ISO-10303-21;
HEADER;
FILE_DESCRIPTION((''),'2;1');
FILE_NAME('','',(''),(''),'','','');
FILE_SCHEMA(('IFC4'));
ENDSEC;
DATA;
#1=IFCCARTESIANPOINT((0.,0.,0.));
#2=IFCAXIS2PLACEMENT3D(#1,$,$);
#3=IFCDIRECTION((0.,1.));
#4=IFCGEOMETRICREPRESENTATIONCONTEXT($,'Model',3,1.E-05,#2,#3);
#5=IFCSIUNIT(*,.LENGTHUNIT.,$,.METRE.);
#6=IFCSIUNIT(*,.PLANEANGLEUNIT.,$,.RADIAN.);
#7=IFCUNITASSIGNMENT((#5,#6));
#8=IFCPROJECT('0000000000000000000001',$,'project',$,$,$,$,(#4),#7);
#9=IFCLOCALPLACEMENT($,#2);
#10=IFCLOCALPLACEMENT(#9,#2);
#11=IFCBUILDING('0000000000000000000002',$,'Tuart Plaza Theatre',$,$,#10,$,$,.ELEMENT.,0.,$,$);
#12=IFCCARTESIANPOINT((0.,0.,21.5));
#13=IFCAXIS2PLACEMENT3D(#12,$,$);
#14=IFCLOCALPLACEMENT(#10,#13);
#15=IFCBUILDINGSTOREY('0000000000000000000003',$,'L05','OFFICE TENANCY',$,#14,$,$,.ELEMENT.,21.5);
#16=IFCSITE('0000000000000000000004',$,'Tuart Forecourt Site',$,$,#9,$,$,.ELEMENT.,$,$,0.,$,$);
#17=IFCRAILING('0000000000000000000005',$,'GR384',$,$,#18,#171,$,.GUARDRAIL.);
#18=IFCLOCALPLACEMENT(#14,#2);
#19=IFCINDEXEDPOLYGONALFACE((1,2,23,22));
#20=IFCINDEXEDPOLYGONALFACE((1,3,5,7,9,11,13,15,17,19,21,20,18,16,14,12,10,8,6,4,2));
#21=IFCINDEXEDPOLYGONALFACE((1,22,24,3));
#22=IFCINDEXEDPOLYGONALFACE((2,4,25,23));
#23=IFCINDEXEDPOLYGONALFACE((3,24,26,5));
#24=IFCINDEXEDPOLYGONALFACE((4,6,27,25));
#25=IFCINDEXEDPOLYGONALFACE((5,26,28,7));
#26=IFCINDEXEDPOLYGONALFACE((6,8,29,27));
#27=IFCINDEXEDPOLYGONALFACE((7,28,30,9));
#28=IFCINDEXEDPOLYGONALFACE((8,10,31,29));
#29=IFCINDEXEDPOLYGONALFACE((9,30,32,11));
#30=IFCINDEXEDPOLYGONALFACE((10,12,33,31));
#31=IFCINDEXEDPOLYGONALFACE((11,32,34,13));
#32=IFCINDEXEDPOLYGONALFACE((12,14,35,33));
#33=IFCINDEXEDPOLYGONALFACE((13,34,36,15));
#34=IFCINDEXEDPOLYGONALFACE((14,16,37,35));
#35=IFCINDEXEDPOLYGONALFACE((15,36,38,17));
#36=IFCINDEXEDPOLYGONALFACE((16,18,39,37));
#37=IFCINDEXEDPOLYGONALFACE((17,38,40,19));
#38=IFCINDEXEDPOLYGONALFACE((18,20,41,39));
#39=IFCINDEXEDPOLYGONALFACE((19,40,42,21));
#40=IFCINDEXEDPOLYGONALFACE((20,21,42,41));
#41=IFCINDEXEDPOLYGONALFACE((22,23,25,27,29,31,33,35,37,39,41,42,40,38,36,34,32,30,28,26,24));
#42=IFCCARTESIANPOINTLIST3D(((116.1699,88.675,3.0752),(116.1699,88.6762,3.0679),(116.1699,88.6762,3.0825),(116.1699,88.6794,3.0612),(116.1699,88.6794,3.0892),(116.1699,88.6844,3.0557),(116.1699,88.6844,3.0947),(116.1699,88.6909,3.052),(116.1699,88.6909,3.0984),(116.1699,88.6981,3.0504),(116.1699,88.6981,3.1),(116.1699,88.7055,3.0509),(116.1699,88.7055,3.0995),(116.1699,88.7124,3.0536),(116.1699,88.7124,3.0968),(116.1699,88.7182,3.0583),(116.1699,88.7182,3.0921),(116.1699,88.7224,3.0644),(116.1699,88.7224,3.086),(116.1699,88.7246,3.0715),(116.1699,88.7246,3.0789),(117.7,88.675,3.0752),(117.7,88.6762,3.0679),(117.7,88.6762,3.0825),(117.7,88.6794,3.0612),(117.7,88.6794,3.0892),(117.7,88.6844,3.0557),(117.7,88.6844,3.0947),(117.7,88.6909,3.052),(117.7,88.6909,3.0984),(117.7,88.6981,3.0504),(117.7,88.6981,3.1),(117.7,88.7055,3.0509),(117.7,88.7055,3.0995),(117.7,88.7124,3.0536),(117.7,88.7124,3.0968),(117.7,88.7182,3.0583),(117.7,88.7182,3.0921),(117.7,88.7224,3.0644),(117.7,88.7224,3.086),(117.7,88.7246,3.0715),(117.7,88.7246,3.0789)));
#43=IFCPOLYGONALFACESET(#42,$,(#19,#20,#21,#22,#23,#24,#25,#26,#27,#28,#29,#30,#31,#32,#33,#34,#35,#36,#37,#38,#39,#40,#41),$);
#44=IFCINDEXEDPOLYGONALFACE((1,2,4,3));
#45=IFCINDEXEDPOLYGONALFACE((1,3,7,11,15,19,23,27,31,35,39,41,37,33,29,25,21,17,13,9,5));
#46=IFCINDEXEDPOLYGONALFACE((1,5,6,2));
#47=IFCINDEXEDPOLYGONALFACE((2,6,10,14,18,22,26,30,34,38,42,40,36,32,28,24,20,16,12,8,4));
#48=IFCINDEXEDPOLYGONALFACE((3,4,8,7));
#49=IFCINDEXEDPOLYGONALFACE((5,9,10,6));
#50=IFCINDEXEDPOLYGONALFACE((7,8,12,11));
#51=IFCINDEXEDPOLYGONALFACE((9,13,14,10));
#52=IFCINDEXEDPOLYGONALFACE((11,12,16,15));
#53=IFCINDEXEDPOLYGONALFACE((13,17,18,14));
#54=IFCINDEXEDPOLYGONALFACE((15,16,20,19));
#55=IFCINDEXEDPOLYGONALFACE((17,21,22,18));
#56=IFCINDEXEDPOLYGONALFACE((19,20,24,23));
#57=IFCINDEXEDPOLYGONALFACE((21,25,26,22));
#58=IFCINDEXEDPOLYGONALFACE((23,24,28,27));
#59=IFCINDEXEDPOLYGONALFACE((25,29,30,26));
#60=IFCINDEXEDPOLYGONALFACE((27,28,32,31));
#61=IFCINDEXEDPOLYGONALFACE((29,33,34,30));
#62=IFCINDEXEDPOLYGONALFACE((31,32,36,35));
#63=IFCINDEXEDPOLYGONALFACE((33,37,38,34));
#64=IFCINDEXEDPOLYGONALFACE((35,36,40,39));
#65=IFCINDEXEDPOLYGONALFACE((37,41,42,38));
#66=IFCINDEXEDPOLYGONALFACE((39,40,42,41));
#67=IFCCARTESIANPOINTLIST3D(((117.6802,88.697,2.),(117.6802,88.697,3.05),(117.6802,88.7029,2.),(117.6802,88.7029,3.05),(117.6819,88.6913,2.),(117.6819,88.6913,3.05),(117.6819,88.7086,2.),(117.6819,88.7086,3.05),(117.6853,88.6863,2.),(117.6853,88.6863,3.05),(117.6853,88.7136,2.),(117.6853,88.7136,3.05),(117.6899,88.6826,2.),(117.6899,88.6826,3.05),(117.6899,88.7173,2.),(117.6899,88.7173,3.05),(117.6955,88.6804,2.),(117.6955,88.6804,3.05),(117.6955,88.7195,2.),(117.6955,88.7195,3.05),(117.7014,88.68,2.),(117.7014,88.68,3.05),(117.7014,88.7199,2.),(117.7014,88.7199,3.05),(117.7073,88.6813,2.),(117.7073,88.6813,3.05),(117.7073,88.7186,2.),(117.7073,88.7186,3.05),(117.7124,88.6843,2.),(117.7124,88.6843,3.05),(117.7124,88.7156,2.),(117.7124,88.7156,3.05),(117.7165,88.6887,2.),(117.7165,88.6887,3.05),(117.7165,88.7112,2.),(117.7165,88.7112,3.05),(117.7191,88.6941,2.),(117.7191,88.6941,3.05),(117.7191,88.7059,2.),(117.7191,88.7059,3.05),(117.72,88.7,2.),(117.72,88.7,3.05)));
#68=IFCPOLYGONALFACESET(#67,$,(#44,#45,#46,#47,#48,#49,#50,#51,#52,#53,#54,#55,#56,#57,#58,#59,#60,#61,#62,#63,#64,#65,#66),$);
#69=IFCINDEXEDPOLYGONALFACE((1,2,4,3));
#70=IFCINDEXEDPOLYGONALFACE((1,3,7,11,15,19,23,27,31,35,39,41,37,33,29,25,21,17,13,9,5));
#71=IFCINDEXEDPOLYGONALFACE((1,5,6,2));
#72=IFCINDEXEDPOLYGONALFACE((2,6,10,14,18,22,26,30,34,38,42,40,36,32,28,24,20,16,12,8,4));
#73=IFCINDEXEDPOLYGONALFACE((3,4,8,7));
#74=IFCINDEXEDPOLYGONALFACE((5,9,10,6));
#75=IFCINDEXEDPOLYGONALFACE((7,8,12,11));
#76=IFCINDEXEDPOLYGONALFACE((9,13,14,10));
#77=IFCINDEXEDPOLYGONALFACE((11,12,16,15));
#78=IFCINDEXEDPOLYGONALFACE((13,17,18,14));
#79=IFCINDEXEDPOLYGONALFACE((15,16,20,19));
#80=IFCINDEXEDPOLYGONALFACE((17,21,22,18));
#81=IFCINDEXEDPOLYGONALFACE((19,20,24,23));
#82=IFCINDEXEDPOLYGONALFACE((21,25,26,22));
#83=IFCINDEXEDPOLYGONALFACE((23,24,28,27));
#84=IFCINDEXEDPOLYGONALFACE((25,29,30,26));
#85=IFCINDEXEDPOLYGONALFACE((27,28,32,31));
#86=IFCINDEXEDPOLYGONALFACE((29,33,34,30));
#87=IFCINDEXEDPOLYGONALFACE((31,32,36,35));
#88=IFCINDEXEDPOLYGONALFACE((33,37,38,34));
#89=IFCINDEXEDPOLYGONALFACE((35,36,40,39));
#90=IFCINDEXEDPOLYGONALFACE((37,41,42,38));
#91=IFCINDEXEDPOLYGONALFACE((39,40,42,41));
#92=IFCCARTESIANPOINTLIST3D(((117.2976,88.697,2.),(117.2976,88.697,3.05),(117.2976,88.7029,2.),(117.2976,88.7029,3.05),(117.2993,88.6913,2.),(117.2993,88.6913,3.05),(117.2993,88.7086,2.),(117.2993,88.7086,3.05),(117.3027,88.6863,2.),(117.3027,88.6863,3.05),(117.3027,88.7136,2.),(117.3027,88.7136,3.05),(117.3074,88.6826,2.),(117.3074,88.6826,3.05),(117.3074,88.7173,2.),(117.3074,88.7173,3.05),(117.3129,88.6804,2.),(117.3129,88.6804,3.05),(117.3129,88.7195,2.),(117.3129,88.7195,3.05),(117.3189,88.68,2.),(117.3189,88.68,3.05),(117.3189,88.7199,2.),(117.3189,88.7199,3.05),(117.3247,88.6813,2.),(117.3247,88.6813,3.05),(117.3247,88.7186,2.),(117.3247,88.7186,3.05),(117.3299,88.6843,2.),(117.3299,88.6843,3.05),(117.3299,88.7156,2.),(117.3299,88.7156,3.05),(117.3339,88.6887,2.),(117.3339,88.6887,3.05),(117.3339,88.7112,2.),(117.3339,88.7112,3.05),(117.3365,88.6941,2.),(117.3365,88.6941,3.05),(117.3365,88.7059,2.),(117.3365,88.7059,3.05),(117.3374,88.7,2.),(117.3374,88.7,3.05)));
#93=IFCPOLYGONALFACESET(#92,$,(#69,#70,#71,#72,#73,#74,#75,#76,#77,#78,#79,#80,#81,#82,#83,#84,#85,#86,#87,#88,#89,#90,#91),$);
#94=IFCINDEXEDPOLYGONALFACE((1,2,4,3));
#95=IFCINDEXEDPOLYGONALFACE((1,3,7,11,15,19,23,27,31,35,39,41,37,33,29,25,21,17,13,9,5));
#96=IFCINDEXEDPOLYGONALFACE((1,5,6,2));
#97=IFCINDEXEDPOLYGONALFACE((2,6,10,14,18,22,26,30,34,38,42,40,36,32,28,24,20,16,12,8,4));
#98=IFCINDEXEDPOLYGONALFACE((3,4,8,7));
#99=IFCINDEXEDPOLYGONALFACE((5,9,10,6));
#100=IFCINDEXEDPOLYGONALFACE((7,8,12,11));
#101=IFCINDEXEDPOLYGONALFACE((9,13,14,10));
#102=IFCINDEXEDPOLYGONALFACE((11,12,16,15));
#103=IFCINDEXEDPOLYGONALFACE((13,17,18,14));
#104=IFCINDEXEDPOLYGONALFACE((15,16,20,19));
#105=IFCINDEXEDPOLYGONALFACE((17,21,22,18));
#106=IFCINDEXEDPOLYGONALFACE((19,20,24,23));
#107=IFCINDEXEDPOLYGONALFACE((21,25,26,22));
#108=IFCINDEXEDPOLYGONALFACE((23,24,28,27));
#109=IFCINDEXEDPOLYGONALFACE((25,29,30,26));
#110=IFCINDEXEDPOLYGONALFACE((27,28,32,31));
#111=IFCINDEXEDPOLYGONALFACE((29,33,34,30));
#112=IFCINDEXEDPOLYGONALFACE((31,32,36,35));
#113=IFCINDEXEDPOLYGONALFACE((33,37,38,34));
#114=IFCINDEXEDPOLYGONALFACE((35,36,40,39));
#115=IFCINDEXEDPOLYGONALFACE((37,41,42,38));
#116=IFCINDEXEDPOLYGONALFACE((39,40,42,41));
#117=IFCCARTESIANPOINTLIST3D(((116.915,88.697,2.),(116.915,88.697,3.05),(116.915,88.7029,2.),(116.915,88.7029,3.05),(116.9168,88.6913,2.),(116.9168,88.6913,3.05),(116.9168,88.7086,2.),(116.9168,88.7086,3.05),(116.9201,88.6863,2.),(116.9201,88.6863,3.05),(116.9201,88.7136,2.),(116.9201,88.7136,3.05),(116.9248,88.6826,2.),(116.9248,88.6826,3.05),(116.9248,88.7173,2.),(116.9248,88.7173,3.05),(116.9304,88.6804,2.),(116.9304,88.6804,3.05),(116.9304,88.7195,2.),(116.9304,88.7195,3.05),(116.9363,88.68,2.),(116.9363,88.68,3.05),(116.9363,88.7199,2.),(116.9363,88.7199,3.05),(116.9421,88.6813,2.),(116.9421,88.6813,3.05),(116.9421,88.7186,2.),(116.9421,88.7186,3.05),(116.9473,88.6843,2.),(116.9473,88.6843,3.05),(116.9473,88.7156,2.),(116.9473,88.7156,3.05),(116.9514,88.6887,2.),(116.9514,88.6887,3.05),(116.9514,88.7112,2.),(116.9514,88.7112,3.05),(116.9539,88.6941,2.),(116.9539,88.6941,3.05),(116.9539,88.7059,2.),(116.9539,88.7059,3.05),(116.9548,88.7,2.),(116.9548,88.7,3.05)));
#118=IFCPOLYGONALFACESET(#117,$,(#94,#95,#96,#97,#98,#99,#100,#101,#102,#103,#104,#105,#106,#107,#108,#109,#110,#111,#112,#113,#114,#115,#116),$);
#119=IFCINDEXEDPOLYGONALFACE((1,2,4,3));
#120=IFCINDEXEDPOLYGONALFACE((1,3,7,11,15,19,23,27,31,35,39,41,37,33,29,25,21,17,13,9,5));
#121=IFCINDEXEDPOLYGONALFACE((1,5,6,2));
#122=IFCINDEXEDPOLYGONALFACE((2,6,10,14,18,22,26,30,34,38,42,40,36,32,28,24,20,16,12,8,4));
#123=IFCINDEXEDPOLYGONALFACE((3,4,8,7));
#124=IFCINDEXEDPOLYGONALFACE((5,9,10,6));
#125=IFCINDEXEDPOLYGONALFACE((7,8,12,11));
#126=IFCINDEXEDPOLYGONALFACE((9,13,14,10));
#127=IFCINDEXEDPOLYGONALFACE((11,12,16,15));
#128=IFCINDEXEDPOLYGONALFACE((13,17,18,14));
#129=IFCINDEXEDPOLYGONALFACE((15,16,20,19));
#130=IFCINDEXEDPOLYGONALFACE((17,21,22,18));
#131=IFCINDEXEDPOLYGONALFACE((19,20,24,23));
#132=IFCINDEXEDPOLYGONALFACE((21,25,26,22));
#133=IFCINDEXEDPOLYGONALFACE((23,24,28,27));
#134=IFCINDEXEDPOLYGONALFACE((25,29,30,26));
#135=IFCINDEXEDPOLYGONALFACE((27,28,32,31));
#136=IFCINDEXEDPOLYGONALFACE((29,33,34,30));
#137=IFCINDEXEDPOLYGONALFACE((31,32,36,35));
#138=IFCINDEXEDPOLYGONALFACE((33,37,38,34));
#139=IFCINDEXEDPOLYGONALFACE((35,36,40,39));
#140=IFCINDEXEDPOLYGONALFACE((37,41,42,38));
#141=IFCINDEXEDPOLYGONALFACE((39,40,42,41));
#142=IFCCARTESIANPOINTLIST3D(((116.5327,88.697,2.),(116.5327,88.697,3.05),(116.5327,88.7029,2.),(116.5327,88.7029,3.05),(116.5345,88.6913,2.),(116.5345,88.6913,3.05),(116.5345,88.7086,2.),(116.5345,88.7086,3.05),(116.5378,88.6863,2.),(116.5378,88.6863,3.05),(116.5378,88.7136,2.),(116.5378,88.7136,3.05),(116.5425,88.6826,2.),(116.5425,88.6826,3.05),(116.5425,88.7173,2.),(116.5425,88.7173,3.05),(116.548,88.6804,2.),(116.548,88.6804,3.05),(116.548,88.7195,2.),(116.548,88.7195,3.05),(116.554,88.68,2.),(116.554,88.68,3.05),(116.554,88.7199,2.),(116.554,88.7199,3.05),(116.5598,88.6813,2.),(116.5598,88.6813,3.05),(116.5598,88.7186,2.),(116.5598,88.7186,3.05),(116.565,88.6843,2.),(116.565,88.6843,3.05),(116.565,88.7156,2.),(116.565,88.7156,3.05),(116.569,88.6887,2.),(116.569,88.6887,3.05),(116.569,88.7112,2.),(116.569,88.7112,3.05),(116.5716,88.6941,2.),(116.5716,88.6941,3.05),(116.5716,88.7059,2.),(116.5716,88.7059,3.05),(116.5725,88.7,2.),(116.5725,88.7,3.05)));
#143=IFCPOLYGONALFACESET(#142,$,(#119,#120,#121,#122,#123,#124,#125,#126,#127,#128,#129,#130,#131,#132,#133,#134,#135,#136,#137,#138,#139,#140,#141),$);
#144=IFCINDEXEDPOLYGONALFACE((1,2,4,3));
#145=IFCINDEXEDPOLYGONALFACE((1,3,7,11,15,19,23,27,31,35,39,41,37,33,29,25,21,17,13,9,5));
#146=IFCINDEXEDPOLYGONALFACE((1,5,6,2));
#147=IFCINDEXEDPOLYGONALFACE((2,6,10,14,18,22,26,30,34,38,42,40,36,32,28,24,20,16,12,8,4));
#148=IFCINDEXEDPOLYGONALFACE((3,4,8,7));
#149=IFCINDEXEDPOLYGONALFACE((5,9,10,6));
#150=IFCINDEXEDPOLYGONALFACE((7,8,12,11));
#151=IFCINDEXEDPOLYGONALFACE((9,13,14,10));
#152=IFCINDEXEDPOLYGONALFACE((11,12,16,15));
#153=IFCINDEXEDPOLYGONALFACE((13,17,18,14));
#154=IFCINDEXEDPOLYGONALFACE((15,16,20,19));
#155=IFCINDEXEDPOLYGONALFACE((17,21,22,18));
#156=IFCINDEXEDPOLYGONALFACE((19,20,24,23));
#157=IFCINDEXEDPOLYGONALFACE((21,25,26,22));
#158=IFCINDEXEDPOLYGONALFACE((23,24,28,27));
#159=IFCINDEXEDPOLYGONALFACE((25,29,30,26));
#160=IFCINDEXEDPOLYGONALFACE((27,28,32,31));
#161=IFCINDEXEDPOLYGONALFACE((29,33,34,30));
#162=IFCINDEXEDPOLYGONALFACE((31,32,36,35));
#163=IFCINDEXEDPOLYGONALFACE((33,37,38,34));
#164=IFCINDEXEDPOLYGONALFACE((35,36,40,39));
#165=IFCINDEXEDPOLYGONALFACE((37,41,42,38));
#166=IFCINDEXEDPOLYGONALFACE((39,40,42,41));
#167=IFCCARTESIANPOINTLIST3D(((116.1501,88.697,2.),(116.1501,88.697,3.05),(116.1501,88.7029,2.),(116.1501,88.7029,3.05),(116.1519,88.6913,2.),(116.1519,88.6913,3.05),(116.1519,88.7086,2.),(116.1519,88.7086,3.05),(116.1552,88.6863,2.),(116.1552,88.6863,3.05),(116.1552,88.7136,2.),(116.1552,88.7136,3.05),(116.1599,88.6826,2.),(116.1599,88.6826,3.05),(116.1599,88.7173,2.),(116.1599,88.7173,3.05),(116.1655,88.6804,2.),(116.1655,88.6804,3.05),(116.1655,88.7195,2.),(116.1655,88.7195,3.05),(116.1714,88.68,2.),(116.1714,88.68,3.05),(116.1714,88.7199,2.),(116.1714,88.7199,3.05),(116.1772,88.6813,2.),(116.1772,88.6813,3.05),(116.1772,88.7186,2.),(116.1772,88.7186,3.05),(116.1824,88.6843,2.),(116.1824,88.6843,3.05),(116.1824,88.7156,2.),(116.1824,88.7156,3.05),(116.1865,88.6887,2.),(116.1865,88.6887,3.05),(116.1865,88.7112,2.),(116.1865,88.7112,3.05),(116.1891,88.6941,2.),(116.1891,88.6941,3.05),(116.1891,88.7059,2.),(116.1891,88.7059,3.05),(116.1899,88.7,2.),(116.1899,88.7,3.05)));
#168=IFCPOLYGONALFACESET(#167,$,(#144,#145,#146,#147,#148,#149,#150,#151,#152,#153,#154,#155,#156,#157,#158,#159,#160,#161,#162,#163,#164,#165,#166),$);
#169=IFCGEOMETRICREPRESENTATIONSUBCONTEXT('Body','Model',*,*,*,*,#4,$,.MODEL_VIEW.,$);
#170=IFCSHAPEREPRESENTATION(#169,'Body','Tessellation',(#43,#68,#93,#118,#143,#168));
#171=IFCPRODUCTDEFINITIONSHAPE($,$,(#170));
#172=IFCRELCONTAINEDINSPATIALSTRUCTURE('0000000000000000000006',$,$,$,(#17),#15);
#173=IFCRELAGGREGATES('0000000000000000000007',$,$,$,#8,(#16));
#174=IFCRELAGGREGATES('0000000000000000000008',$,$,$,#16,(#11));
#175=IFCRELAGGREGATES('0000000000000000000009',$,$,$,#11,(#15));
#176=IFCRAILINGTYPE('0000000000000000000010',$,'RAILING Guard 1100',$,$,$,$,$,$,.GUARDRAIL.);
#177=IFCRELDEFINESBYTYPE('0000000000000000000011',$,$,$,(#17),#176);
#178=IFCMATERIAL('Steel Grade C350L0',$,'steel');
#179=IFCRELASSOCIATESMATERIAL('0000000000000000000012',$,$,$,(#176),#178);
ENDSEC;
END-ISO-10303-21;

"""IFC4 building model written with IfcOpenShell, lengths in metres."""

from ifc_helpers import new_model, si_unit, direction, frame, origin, origin_2d, place, context, subcontext, project, spatial, circle, extrude, material, type_object, element, save


model = new_model("IFC4")

# Units and contexts
model_context = context("Model", 3, precision=1e-05, world=origin(), true_north=direction((0.0, 1.0)))
body_context = subcontext(model_context, "Body", "Model", "MODEL_VIEW")
ifc_project = project(units=[si_unit("LENGTHUNIT", "METRE"), si_unit("PLANEANGLEUNIT", "RADIAN")], contexts=[model_context])

# Site, building, storey
site_placement = place(None, origin())
site = spatial("IfcSite", under=ifc_project, at=site_placement, Name="Tuart Forecourt Site", CompositionType="ELEMENT", RefElevation=0.0)
building_placement = place(site_placement, origin())
building = spatial("IfcBuilding", under=site, at=building_placement, Name="Tuart Plaza Theatre", CompositionType="ELEMENT", ElevationOfRefHeight=0.0)
storey_placement = place(building_placement, frame((0.0, 0.0, 21.5)))
storey = spatial("IfcBuildingStorey", under=building, at=storey_placement, Name="L05", Description="OFFICE TENANCY", CompositionType="ELEMENT", Elevation=21.5)

# Railing
ifc_material_1 = material(Name="Steel Grade C350L0", Category="steel")
railing_type_1 = type_object("IfcRailingType", Name="RAILING Guard 1100", PredefinedType="GUARDRAIL", material=ifc_material_1)
railing_1_placement = place(storey_placement, frame((117.7, 88.7, 2.0)))
element("IfcRailing", 1, at=railing_1_placement, inside=storey, type_object=railing_type_1, Name="GR384", PredefinedType="GUARDRAIL", context=body_context, shape_type="SweptSolid", body=[
    extrude(circle(Radius=0.0249, at=origin_2d()), frame((0.0, 0.0, 1.0752), z_axis=(-1.0, 0.0, 0.0), x_axis=(0.0, -1.0, 0.0)), (0.0, 0.0, 1.0), 1.53),
    extrude(circle(Radius=0.02, at=origin_2d()), origin(), (0.0, 0.0, 1.0), 1.05),
    extrude(circle(Radius=0.02, at=origin_2d()), frame((-0.3826, 0.0, 0.0)), (0.0, 0.0, 1.0), 1.05),
    extrude(circle(Radius=0.02, at=origin_2d()), frame((-0.7651, 0.0, 0.0)), (0.0, 0.0, 1.0), 1.05),
    extrude(circle(Radius=0.02, at=origin_2d()), frame((-1.1475, 0.0, 0.0)), (0.0, 0.0, 1.0), 1.05),
    extrude(circle(Radius=0.02, at=origin_2d()), frame((-1.53, 0.0, 0.0)), (0.0, 0.0, 1.0), 1.05),
])

save(model, "model.ifc")
